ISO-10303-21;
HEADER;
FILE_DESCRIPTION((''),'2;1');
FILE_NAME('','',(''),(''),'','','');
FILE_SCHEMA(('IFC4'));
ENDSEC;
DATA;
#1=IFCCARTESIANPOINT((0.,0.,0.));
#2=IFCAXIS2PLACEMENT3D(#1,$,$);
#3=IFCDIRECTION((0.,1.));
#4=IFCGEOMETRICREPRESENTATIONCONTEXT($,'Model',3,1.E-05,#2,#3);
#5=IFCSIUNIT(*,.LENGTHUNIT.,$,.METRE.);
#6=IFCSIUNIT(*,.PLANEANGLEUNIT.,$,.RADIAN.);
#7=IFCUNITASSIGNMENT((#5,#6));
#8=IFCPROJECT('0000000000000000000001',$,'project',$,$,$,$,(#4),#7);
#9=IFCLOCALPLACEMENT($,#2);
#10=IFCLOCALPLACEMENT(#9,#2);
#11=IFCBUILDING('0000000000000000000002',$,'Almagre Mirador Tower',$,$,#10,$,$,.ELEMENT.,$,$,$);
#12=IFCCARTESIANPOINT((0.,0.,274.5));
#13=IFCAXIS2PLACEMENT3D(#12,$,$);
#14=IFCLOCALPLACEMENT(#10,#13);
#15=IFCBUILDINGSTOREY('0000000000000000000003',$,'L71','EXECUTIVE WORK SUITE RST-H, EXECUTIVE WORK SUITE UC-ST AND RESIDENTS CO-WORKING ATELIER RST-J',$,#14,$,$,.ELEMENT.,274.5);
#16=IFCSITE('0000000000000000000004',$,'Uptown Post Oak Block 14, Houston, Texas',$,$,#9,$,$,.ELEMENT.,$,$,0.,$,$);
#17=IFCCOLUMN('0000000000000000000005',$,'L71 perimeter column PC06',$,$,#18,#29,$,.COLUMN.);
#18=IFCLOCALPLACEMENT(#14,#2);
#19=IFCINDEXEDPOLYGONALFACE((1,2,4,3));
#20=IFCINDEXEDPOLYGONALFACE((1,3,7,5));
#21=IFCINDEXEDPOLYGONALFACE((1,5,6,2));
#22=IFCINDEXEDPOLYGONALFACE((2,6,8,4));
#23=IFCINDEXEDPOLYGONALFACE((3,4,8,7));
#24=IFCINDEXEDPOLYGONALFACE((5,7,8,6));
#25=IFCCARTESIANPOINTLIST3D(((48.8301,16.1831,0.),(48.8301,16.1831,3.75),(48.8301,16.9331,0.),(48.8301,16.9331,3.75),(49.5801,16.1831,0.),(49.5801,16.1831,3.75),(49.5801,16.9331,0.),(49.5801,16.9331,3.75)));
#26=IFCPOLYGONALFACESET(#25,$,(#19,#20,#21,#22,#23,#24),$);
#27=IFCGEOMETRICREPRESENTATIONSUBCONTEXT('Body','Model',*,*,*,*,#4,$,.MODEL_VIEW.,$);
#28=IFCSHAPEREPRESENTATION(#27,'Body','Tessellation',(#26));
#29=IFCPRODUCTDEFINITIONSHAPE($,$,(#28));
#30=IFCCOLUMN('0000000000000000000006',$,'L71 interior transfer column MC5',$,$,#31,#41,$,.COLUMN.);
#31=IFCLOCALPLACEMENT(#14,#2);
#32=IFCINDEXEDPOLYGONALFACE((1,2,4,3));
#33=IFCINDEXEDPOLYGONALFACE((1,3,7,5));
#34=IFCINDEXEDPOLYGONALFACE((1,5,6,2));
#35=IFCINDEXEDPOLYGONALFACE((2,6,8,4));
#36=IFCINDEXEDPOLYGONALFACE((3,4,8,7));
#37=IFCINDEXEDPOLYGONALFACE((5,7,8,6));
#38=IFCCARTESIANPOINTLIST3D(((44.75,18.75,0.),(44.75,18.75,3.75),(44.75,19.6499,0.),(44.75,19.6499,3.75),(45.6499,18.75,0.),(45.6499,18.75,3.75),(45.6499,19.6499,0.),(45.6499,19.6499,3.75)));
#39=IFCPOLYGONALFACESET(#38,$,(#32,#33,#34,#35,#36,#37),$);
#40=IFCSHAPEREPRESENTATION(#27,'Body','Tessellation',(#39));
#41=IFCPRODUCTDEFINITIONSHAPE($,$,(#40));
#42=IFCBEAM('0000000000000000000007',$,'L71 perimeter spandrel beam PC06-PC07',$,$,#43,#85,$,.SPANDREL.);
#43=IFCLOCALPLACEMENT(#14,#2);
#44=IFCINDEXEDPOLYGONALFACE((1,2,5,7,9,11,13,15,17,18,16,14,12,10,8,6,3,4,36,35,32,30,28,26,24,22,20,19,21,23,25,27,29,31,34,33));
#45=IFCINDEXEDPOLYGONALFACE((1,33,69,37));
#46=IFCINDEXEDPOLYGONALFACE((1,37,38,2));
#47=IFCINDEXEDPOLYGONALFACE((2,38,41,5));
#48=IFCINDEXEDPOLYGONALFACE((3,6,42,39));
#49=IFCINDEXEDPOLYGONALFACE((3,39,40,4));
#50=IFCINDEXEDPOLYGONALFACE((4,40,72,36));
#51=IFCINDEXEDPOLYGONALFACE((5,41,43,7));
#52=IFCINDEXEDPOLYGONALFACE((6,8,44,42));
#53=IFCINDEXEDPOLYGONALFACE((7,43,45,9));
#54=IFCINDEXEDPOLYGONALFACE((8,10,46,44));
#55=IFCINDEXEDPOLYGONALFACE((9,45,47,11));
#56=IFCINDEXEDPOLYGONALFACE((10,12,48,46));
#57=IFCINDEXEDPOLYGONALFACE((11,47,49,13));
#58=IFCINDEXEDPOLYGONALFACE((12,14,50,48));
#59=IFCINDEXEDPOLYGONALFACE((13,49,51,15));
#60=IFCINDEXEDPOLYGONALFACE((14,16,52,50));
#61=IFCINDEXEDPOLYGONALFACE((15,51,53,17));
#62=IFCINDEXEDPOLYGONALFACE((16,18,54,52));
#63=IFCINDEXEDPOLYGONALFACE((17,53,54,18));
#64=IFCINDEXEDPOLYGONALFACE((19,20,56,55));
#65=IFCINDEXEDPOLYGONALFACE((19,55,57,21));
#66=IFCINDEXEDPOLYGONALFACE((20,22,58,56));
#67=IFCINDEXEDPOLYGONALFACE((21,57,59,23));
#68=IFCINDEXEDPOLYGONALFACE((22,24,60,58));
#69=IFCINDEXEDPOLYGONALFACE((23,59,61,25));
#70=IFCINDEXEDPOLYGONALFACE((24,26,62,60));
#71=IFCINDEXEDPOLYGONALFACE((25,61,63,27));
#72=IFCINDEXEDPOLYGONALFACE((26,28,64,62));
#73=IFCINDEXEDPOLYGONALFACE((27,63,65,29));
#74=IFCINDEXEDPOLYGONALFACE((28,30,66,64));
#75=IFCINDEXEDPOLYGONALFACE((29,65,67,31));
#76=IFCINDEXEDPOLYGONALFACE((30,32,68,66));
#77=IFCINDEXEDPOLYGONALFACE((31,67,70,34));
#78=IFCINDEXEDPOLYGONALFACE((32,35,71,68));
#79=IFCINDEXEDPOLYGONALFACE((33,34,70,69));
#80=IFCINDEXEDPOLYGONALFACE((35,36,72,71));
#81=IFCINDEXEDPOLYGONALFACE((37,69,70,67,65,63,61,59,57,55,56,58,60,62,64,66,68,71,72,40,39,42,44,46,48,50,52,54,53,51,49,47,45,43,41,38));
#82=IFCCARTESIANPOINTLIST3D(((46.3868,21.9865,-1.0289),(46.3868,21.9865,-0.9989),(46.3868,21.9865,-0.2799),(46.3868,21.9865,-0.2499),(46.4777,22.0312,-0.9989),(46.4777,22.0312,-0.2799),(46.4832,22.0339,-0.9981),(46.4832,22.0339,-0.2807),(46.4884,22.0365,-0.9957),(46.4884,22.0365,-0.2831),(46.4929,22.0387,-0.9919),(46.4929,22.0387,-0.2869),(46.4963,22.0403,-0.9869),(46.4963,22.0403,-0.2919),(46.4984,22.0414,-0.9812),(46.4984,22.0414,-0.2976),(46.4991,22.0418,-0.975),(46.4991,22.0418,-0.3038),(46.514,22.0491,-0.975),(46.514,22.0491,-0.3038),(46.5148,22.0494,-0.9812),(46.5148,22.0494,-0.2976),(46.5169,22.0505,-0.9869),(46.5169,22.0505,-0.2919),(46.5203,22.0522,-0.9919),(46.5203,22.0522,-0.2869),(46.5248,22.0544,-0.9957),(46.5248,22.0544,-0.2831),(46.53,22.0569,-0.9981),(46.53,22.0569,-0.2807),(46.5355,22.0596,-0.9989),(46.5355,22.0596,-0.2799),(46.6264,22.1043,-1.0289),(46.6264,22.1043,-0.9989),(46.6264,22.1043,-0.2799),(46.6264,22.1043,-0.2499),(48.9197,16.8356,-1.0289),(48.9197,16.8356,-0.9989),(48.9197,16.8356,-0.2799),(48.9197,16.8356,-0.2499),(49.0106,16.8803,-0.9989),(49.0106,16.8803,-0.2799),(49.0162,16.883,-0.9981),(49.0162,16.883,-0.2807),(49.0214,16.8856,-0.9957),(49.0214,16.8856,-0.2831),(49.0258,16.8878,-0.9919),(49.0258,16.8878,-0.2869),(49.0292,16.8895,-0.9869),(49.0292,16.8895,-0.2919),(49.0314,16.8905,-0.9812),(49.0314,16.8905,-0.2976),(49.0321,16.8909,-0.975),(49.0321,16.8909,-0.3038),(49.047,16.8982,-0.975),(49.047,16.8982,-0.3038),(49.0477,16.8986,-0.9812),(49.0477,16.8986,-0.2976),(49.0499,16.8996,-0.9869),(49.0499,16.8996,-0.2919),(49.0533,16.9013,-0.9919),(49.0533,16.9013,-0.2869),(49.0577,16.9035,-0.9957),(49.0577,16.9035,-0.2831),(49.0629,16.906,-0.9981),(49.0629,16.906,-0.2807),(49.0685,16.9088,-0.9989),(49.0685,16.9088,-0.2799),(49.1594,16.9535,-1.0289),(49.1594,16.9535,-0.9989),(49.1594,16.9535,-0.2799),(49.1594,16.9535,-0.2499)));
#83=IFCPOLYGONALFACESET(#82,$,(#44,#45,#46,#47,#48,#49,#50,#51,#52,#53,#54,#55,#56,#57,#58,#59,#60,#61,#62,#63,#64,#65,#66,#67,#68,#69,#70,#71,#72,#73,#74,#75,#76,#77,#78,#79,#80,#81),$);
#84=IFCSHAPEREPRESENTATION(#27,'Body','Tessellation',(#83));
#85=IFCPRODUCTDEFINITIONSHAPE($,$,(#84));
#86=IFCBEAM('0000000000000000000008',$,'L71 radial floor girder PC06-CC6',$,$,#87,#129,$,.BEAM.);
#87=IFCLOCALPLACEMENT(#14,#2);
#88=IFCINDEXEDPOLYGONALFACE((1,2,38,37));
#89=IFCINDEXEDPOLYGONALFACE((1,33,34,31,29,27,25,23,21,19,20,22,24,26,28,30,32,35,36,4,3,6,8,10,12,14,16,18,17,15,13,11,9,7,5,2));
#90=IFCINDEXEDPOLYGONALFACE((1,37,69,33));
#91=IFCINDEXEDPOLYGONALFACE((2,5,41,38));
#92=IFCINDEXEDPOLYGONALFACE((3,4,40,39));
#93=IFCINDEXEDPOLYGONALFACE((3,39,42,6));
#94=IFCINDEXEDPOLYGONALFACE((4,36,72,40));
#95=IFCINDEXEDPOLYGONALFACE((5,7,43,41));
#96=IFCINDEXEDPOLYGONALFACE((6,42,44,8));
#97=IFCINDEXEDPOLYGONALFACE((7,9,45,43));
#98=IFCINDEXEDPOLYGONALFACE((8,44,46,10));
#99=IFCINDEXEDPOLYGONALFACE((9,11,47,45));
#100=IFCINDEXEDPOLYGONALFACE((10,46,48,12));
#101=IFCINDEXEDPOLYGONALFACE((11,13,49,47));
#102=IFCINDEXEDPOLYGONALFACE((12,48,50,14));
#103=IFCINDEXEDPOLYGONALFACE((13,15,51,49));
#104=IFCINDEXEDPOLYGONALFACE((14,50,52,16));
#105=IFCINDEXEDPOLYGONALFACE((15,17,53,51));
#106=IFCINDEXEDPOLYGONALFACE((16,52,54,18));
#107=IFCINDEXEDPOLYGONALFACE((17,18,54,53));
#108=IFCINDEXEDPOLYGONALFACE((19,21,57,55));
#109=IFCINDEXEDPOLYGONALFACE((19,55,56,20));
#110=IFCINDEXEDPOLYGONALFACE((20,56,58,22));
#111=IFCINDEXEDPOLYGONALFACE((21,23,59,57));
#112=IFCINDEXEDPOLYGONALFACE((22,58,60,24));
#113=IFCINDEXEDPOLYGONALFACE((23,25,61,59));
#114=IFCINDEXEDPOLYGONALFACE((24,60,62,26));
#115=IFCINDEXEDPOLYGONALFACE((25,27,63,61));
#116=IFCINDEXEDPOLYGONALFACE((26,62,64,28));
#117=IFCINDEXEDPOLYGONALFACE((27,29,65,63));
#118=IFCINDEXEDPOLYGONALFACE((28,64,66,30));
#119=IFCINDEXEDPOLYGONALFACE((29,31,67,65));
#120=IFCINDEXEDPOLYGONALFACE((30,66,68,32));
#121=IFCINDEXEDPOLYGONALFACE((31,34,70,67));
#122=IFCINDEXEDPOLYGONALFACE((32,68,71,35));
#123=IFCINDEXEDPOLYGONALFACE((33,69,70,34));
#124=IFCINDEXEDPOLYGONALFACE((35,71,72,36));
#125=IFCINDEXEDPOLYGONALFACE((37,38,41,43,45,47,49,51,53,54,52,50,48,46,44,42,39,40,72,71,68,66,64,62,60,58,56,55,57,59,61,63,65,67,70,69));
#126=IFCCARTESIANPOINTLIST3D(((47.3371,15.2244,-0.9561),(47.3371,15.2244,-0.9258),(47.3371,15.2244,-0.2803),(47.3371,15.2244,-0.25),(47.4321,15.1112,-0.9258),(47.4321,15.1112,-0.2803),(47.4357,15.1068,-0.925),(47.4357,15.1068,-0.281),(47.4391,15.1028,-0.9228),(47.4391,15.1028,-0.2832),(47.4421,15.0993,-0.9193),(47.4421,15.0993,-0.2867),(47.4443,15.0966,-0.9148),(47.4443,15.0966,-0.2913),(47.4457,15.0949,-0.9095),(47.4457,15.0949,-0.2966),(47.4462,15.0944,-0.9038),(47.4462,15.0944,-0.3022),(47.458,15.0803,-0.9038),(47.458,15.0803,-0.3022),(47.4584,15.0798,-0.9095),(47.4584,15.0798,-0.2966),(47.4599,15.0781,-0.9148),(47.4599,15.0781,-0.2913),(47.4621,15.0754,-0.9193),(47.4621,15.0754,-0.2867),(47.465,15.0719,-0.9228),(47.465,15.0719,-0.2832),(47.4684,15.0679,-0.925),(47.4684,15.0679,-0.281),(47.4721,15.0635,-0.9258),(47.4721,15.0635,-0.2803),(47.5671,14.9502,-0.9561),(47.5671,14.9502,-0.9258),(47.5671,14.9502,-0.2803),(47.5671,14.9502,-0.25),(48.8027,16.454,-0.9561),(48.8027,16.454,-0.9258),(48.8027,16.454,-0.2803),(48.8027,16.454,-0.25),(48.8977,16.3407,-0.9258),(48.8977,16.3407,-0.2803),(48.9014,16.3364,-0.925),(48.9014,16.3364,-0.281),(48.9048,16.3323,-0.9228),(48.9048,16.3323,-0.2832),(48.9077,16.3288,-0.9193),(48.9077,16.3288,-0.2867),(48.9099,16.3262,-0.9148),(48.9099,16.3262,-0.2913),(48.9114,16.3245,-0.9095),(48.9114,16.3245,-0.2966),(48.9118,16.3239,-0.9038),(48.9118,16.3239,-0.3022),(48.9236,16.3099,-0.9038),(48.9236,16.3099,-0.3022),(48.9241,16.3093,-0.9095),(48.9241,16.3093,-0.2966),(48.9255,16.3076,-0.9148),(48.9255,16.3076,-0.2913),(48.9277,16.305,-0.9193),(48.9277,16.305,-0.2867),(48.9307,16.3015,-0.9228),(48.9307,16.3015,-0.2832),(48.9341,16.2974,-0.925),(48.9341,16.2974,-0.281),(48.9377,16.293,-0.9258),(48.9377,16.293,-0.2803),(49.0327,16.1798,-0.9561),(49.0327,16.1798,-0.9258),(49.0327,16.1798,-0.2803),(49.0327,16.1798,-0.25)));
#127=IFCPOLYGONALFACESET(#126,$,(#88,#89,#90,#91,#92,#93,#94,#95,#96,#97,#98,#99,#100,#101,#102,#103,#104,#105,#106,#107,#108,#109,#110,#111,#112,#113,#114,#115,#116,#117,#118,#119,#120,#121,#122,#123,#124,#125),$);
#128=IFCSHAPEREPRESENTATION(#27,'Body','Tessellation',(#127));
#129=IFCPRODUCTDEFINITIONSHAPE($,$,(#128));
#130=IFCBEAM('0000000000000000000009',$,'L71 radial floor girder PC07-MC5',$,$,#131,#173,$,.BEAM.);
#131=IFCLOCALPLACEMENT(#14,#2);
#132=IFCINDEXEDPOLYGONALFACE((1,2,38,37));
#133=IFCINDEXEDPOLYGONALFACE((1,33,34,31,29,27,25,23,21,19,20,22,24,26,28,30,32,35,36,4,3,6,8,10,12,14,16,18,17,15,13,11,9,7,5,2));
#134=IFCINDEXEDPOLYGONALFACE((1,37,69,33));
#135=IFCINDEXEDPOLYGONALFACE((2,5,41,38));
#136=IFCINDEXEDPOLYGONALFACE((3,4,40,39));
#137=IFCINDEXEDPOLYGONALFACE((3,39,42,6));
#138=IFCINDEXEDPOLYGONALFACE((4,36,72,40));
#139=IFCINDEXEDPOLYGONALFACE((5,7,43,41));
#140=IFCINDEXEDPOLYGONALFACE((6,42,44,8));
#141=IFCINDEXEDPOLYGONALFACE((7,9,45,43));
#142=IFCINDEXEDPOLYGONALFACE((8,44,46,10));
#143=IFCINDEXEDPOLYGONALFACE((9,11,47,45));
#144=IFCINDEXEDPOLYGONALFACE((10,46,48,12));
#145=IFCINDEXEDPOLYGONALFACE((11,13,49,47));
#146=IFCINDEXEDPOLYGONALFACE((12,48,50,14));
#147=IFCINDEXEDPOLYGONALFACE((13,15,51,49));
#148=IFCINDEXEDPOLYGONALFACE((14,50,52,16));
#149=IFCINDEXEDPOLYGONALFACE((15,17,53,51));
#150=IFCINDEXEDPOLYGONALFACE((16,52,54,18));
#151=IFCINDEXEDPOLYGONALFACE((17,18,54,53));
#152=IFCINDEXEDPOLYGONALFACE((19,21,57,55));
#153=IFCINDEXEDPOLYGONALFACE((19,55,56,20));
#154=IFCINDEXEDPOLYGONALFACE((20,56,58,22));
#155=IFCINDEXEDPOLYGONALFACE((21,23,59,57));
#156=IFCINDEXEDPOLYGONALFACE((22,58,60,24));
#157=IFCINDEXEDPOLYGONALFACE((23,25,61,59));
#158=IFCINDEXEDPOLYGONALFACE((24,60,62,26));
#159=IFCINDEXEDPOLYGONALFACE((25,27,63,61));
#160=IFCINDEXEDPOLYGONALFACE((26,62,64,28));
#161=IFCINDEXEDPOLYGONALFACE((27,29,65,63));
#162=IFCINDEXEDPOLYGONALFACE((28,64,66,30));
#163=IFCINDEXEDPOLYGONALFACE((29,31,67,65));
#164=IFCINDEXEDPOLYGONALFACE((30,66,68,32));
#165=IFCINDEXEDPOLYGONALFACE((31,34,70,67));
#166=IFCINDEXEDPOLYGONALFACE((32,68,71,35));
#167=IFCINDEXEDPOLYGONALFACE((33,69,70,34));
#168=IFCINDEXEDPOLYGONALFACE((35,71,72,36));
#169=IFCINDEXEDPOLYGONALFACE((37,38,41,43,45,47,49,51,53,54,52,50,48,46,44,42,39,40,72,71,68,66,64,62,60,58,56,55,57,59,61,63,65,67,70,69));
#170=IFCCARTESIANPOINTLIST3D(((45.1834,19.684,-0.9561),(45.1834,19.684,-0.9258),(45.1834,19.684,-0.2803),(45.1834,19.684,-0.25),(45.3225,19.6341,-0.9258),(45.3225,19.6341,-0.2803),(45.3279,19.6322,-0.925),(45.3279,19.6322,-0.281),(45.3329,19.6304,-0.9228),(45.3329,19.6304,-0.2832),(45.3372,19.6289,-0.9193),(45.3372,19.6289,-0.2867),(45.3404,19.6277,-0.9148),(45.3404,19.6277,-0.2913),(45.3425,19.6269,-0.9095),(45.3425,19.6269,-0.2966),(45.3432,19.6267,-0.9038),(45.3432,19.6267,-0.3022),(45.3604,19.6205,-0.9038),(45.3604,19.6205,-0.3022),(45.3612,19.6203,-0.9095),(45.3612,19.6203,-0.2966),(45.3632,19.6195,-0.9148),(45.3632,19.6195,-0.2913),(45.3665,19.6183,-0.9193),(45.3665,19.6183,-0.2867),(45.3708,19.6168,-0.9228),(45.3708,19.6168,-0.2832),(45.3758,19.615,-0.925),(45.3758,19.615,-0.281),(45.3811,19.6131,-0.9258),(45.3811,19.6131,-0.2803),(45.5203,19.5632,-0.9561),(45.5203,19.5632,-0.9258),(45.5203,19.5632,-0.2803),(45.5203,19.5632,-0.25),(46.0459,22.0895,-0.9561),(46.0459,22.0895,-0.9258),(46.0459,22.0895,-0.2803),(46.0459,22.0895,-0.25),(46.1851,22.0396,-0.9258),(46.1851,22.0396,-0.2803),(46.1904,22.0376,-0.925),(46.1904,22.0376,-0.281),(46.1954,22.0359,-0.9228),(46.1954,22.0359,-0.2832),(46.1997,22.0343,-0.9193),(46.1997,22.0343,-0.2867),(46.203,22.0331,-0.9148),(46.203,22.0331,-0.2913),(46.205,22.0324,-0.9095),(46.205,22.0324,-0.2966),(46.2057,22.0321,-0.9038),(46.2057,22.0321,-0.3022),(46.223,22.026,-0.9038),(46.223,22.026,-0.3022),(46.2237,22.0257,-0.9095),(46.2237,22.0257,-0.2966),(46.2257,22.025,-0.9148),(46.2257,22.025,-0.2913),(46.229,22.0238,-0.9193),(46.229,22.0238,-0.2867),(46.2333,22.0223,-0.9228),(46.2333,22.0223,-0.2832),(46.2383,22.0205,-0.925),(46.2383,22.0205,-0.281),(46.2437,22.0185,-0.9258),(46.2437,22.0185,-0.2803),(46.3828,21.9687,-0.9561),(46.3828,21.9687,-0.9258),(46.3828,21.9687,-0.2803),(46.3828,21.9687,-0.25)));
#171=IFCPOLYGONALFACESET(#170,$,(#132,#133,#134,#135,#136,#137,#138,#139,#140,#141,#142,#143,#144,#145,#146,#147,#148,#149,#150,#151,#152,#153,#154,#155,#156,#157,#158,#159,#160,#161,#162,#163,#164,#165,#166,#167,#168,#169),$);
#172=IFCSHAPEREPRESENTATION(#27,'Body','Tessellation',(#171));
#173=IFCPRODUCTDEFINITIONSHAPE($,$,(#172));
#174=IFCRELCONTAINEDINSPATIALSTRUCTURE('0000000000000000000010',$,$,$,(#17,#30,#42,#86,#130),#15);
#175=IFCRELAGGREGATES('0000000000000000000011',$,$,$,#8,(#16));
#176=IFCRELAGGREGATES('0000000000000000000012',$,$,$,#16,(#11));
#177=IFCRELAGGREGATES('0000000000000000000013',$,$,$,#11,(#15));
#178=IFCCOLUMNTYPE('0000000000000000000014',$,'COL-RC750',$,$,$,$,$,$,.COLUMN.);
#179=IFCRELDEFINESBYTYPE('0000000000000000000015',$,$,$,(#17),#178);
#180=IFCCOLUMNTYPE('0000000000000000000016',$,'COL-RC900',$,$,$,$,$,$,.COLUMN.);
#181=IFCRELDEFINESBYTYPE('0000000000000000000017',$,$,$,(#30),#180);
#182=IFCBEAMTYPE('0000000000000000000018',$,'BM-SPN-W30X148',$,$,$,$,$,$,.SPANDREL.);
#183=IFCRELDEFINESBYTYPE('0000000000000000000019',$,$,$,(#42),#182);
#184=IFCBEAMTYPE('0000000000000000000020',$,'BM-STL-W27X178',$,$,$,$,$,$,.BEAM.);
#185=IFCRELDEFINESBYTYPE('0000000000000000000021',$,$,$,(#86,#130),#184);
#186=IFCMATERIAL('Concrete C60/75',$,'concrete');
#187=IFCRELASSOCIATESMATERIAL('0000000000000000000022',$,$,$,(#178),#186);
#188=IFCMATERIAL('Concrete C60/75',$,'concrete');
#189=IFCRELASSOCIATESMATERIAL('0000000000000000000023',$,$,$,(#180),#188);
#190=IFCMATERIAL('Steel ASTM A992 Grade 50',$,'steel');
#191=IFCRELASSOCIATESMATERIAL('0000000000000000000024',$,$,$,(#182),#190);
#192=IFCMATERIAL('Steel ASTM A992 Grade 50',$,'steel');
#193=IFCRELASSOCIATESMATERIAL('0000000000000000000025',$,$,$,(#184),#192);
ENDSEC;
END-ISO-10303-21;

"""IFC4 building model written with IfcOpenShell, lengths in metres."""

from ifc_helpers import new_model, si_unit, direction, frame, origin, origin_2d, place, context, subcontext, project, spatial, rectangle, i_section, extrude, material, material_profile, profile_set, type_object, element, save


model = new_model("IFC4")

# Units and contexts
model_context = context("Model", 3, precision=1e-05, world=origin(), true_north=direction((0.0, 1.0)))
body_context = subcontext(model_context, "Body", "Model", "MODEL_VIEW")
ifc_project = project(units=[si_unit("LENGTHUNIT", "METRE"), si_unit("PLANEANGLEUNIT", "RADIAN")], contexts=[model_context])

# Site, building, storey
site_placement = place(None, origin())
site = spatial("IfcSite", under=ifc_project, at=site_placement, Name="Uptown Post Oak Block 14, Houston, Texas", CompositionType="ELEMENT", RefElevation=0.0)
building_placement = place(site_placement, origin())
building = spatial("IfcBuilding", under=site, at=building_placement, Name="Almagre Mirador Tower", CompositionType="ELEMENT")
storey_placement = place(building_placement, frame((0.0, 0.0, 274.5)))
storey = spatial("IfcBuildingStorey", under=building, at=storey_placement, Name="L71", Description="EXECUTIVE WORK SUITE RST-H, EXECUTIVE WORK SUITE UC-ST AND RESIDENTS CO-WORKING ATELIER RST-J", CompositionType="ELEMENT", Elevation=274.5)

# Columns
ifc_material_1 = material(Name="Concrete C60/75", Category="concrete")
ifc_material_profile_1 = material_profile(ifc_material_1, rectangle(XDim=0.75, YDim=0.75, at=origin_2d()), Name="RC750X750")
ifc_profile_set_1 = profile_set([ifc_material_profile_1], Name="Concrete C60/75")
column_type_1 = type_object("IfcColumnType", Name="COL-RC750", PredefinedType="COLUMN", material=ifc_profile_set_1)
column_1_placement = place(storey_placement, frame((49.2051, 16.5581, 0.0), z_axis=(0.0, 0.0, 1.0), x_axis=(1.0, 0.0, 0.0)))
element("IfcColumn", 1, at=column_1_placement, inside=storey, type_object=column_type_1, Name="L71 perimeter column PC06", PredefinedType="COLUMN", context=body_context, shape_type="SweptSolid", body=[
    extrude(rectangle(XDim=0.75, YDim=0.75, at=origin_2d()), origin(), (0.0, 0.0, 1.0), 3.75),
])
ifc_material_2 = material(Name="Concrete C60/75", Category="concrete")
ifc_material_profile_2 = material_profile(ifc_material_2, rectangle(XDim=0.8999, YDim=0.8999, at=origin_2d()), Name="RC900X900")
ifc_profile_set_2 = profile_set([ifc_material_profile_2], Name="Concrete C60/75")
column_type_2 = type_object("IfcColumnType", Name="COL-RC900", PredefinedType="COLUMN", material=ifc_profile_set_2)
column_2_placement = place(storey_placement, frame((45.2, 19.2, 0.0), z_axis=(0.0, 0.0, 1.0), x_axis=(1.0, 0.0, 0.0)))
element("IfcColumn", 2, at=column_2_placement, inside=storey, type_object=column_type_2, Name="L71 interior transfer column MC5", PredefinedType="COLUMN", context=body_context, shape_type="SweptSolid", body=[
    extrude(rectangle(XDim=0.8999, YDim=0.8999, at=origin_2d()), origin(), (0.0, 0.0, 1.0), 3.75),
])

# Beams
ifc_material_3 = material(Name="Steel ASTM A992 Grade 50", Category="steel")
ifc_material_profile_3 = material_profile(ifc_material_3, i_section(OverallWidth=0.2671, OverallDepth=0.7791, WebThickness=0.0166, FlangeThickness=0.03, FilletRadius=0.0239, at=origin_2d()), Name="W30X148")
ifc_profile_set_3 = profile_set([ifc_material_profile_3], Name="Steel ASTM A992 Grade 50")
beam_type_1 = type_object("IfcBeamType", Name="BM-SPN-W30X148", PredefinedType="SPANDREL", material=ifc_profile_set_3)
beam_1_placement = place(storey_placement, frame((49.0396, 16.8945, -0.6394), z_axis=(-0.441283, 0.897368, 0.0), x_axis=(-0.897368, -0.441283, 0.0)))
element("IfcBeam", 3, at=beam_1_placement, inside=storey, type_object=beam_type_1, Name="L71 perimeter spandrel beam PC06-PC07", PredefinedType="SPANDREL", context=body_context, shape_type="SweptSolid", body=[
    extrude(i_section(OverallWidth=0.2671, OverallDepth=0.7791, WebThickness=0.0166, FlangeThickness=0.03, FilletRadius=0.0239, at=origin_2d()), origin(), (0.0, 0.0, 1.0), 5.74),
])
ifc_material_4 = material(Name="Steel ASTM A992 Grade 50", Category="steel")
ifc_material_profile_4 = material_profile(ifc_material_4, i_section(OverallWidth=0.3579, OverallDepth=0.7061, WebThickness=0.0183, FlangeThickness=0.0303, FilletRadius=0.022, at=origin_2d()), Name="W27X178")
ifc_profile_set_4 = profile_set([ifc_material_profile_4], Name="Steel ASTM A992 Grade 50")
beam_type_2 = type_object("IfcBeamType", Name="BM-STL-W27X178", PredefinedType="BEAM", material=ifc_profile_set_4)
beam_2_placement = place(storey_placement, frame((48.9177, 16.3169, -0.603), z_axis=(-0.766115, -0.642704, 0.0), x_axis=(0.642704, -0.766115, 0.0)))
element("IfcBeam", 4, at=beam_2_placement, inside=storey, type_object=beam_type_2, Name="L71 radial floor girder PC06-CC6", PredefinedType="BEAM", context=body_context, shape_type="SweptSolid", body=[
    extrude(i_section(OverallWidth=0.3579, OverallDepth=0.7061, WebThickness=0.0183, FlangeThickness=0.0303, FilletRadius=0.022, at=origin_2d()), origin(), (0.0, 0.0, 1.0), 1.9131),
])
beam_3_placement = place(storey_placement, frame((46.2144, 22.0291, -0.603), z_axis=(-0.337528, -0.941315, 0.0), x_axis=(0.941315, -0.337528, 0.0)))
element("IfcBeam", 5, at=beam_3_placement, inside=storey, type_object=beam_type_2, Name="L71 radial floor girder PC07-MC5", PredefinedType="BEAM", context=body_context, shape_type="SweptSolid", body=[
    extrude(i_section(OverallWidth=0.3579, OverallDepth=0.7061, WebThickness=0.0183, FlangeThickness=0.0303, FilletRadius=0.022, at=origin_2d()), origin(), (0.0, 0.0, 1.0), 2.5554),
])

save(model, "model.ifc")
